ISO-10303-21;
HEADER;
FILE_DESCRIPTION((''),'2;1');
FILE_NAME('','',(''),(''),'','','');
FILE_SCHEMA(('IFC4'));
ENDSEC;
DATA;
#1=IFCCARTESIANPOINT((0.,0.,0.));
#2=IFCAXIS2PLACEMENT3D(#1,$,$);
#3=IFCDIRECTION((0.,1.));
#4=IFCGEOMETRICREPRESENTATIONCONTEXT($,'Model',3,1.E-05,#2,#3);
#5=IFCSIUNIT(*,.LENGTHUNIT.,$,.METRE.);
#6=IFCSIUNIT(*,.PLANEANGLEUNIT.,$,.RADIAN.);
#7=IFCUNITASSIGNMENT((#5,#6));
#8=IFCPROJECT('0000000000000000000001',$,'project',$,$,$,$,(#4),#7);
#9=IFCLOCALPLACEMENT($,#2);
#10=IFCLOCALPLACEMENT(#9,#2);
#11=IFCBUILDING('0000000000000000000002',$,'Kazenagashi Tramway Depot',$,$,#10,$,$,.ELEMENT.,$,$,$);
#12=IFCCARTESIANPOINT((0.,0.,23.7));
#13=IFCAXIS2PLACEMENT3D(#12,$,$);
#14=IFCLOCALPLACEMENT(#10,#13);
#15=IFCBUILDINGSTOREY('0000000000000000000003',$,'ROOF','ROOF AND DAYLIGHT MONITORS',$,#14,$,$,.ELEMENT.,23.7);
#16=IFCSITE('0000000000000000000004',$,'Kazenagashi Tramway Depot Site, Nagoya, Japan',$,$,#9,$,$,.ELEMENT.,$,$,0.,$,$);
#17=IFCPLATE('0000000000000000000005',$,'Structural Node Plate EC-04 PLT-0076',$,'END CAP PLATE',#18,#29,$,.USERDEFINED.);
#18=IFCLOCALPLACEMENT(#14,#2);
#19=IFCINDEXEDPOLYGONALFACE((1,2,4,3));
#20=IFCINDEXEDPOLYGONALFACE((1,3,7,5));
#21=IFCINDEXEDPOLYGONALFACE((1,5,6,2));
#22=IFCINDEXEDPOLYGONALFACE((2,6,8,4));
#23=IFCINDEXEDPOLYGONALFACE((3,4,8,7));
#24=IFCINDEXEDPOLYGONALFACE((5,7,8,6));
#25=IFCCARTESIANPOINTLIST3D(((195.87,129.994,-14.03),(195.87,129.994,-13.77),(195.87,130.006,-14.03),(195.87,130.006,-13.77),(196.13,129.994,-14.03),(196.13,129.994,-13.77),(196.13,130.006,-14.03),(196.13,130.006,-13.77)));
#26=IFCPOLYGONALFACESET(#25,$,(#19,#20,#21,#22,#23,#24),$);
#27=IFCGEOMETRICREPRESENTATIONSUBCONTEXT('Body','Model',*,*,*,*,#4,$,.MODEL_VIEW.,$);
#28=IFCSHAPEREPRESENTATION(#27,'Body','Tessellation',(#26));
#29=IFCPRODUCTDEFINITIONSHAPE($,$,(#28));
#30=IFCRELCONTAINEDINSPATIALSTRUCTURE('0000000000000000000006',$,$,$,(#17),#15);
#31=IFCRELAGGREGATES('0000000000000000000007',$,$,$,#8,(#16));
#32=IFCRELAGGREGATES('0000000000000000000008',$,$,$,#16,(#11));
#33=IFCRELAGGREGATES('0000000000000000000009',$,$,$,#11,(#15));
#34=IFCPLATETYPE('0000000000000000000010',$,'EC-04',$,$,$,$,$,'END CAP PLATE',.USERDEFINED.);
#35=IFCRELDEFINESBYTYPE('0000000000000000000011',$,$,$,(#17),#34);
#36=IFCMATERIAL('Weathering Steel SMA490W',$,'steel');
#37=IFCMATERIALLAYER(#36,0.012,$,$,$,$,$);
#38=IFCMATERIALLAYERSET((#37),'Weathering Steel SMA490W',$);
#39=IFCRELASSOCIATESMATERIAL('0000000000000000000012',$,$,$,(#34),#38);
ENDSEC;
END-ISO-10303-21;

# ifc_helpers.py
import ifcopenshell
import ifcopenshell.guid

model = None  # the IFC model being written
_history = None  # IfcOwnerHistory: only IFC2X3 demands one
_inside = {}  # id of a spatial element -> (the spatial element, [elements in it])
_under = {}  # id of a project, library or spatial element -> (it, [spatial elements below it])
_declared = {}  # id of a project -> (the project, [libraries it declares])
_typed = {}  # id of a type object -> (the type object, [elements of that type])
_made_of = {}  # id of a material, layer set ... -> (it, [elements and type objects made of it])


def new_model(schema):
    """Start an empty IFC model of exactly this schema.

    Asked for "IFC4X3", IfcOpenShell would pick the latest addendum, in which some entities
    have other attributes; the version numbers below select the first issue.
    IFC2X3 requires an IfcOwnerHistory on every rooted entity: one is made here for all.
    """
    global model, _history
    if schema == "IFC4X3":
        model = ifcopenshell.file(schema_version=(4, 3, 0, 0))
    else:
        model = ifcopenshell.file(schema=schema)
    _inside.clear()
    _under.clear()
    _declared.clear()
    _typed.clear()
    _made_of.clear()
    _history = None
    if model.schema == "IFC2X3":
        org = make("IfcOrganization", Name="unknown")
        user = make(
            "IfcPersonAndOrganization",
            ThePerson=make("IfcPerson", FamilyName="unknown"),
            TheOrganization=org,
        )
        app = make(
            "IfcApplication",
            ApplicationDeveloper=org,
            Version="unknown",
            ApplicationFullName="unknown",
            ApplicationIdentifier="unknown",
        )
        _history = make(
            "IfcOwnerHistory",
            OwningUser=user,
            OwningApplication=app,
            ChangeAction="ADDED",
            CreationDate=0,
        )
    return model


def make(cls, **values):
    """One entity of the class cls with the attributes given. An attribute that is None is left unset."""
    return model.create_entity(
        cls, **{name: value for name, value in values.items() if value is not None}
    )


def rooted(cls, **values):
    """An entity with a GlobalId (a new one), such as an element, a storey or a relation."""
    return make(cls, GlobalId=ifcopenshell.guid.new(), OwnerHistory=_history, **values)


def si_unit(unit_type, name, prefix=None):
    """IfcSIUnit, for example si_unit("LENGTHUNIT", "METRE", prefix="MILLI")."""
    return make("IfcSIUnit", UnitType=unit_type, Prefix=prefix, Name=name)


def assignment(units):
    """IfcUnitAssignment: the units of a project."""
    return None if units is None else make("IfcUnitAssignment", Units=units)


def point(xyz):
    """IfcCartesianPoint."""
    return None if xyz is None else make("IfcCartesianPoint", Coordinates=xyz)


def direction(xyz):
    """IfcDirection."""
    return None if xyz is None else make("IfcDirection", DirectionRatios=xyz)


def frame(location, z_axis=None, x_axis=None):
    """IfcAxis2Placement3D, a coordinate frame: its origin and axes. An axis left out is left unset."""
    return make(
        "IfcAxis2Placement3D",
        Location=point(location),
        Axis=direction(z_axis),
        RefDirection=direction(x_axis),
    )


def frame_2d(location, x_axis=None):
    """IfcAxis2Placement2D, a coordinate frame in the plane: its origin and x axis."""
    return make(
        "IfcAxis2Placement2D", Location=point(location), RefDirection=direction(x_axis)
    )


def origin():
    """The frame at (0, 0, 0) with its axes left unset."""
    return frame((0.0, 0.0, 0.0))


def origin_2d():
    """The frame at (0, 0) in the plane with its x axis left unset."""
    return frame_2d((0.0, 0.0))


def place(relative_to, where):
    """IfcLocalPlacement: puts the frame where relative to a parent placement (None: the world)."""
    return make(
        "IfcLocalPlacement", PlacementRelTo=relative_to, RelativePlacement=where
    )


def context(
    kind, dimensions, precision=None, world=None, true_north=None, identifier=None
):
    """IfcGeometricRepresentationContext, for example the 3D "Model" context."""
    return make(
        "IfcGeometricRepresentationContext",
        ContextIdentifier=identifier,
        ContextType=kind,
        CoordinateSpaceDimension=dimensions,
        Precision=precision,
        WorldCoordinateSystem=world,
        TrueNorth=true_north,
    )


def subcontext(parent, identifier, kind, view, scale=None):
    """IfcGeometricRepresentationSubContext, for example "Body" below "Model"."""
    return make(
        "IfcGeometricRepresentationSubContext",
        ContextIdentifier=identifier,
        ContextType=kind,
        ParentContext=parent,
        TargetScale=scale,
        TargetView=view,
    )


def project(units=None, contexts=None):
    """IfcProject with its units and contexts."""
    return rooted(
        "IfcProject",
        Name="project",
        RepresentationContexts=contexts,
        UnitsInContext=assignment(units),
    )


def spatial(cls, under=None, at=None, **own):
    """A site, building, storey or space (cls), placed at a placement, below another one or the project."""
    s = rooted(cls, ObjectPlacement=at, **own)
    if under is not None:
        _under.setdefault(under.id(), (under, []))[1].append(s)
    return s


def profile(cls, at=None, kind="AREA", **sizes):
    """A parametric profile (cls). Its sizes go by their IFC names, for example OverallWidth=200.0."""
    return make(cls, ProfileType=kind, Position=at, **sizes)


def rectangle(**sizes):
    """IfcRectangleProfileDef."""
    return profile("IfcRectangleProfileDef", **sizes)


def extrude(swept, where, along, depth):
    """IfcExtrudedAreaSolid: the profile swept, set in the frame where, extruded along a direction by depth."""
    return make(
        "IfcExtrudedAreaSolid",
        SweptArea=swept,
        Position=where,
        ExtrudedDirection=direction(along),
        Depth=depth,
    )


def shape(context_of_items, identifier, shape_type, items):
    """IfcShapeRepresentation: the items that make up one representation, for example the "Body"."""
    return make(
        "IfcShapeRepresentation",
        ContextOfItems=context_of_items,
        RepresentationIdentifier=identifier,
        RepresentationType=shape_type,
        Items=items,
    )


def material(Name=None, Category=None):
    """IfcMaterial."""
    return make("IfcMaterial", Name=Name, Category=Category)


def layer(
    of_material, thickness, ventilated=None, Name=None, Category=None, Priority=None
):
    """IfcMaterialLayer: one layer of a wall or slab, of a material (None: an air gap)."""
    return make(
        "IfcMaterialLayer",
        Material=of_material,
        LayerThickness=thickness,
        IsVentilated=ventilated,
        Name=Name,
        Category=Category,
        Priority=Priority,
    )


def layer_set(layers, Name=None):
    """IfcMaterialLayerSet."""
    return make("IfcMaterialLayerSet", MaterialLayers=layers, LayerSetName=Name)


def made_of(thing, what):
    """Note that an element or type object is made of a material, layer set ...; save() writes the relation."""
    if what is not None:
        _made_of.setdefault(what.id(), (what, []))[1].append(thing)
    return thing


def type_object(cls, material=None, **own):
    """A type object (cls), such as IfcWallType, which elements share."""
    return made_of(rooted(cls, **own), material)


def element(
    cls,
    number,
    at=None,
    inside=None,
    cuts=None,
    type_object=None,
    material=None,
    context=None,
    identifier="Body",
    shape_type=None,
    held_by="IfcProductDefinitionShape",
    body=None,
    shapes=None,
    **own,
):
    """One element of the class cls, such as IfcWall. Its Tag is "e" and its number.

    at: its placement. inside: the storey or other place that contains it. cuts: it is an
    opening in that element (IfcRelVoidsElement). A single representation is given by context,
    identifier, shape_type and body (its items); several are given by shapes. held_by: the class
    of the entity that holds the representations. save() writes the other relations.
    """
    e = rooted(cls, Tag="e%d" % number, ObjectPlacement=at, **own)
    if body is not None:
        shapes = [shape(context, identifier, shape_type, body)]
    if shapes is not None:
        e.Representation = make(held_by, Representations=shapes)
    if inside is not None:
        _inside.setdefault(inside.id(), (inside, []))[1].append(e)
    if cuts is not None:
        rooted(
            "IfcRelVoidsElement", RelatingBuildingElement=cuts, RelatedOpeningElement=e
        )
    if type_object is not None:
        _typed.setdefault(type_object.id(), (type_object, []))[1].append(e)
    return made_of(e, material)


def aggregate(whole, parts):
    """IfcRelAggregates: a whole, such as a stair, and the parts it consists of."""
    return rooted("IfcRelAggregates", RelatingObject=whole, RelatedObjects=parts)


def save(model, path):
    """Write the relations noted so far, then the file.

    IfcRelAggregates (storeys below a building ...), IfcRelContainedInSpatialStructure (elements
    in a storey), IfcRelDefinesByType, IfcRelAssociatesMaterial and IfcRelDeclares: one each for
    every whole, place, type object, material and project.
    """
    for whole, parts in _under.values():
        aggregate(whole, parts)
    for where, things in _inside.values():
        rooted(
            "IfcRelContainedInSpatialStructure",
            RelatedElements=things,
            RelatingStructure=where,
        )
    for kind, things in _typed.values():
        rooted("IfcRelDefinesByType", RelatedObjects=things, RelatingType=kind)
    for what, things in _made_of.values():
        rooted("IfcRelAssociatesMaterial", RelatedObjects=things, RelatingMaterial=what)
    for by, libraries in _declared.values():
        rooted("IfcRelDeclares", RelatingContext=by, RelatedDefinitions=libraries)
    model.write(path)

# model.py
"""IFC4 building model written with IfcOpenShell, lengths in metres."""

from ifc_helpers import new_model, si_unit, direction, frame, origin, origin_2d, place, context, subcontext, project, spatial, rectangle, extrude, material, layer, layer_set, type_object, element, save


model = new_model("IFC4")

# Units and contexts
model_context = context("Model", 3, precision=1e-05, world=origin(), true_north=direction((0.0, 1.0)))
body_context = subcontext(model_context, "Body", "Model", "MODEL_VIEW")
ifc_project = project(units=[si_unit("LENGTHUNIT", "METRE"), si_unit("PLANEANGLEUNIT", "RADIAN")], contexts=[model_context])

# Site, building, storey
site_placement = place(None, origin())
site = spatial("IfcSite", under=ifc_project, at=site_placement, Name="Kazenagashi Tramway Depot Site, Nagoya, Japan", CompositionType="ELEMENT", RefElevation=0.0)
building_placement = place(site_placement, origin())
building = spatial("IfcBuilding", under=site, at=building_placement, Name="Kazenagashi Tramway Depot", CompositionType="ELEMENT")
storey_placement = place(building_placement, frame((0.0, 0.0, 23.7)))
storey = spatial("IfcBuildingStorey", under=building, at=storey_placement, Name="ROOF", Description="ROOF AND DAYLIGHT MONITORS", CompositionType="ELEMENT", Elevation=23.7)

# Plate
ifc_material_1 = material(Name="Weathering Steel SMA490W", Category="steel")
ifc_layer_1 = layer(ifc_material_1, 0.012)
ifc_layer_set_1 = layer_set([ifc_layer_1], Name="Weathering Steel SMA490W")
plate_type_1 = type_object("IfcPlateType", Name="EC-04", ElementType="END CAP PLATE", PredefinedType="USERDEFINED", material=ifc_layer_set_1)
plate_1_placement = place(storey_placement, frame((196.0, 130.0, -14.03), z_axis=(0.0, 0.0, 1.0), x_axis=(1.0, 0.0, 0.0)))
element("IfcPlate", 1, at=plate_1_placement, inside=storey, type_object=plate_type_1, Name="Structural Node Plate EC-04 PLT-0076", ObjectType="END CAP PLATE", PredefinedType="USERDEFINED", context=body_context, shape_type="SweptSolid", body=[
    extrude(rectangle(XDim=0.26, YDim=0.012, at=origin_2d()), origin(), (0.0, 0.0, 1.0), 0.26),
])

save(model, "model.ifc")
